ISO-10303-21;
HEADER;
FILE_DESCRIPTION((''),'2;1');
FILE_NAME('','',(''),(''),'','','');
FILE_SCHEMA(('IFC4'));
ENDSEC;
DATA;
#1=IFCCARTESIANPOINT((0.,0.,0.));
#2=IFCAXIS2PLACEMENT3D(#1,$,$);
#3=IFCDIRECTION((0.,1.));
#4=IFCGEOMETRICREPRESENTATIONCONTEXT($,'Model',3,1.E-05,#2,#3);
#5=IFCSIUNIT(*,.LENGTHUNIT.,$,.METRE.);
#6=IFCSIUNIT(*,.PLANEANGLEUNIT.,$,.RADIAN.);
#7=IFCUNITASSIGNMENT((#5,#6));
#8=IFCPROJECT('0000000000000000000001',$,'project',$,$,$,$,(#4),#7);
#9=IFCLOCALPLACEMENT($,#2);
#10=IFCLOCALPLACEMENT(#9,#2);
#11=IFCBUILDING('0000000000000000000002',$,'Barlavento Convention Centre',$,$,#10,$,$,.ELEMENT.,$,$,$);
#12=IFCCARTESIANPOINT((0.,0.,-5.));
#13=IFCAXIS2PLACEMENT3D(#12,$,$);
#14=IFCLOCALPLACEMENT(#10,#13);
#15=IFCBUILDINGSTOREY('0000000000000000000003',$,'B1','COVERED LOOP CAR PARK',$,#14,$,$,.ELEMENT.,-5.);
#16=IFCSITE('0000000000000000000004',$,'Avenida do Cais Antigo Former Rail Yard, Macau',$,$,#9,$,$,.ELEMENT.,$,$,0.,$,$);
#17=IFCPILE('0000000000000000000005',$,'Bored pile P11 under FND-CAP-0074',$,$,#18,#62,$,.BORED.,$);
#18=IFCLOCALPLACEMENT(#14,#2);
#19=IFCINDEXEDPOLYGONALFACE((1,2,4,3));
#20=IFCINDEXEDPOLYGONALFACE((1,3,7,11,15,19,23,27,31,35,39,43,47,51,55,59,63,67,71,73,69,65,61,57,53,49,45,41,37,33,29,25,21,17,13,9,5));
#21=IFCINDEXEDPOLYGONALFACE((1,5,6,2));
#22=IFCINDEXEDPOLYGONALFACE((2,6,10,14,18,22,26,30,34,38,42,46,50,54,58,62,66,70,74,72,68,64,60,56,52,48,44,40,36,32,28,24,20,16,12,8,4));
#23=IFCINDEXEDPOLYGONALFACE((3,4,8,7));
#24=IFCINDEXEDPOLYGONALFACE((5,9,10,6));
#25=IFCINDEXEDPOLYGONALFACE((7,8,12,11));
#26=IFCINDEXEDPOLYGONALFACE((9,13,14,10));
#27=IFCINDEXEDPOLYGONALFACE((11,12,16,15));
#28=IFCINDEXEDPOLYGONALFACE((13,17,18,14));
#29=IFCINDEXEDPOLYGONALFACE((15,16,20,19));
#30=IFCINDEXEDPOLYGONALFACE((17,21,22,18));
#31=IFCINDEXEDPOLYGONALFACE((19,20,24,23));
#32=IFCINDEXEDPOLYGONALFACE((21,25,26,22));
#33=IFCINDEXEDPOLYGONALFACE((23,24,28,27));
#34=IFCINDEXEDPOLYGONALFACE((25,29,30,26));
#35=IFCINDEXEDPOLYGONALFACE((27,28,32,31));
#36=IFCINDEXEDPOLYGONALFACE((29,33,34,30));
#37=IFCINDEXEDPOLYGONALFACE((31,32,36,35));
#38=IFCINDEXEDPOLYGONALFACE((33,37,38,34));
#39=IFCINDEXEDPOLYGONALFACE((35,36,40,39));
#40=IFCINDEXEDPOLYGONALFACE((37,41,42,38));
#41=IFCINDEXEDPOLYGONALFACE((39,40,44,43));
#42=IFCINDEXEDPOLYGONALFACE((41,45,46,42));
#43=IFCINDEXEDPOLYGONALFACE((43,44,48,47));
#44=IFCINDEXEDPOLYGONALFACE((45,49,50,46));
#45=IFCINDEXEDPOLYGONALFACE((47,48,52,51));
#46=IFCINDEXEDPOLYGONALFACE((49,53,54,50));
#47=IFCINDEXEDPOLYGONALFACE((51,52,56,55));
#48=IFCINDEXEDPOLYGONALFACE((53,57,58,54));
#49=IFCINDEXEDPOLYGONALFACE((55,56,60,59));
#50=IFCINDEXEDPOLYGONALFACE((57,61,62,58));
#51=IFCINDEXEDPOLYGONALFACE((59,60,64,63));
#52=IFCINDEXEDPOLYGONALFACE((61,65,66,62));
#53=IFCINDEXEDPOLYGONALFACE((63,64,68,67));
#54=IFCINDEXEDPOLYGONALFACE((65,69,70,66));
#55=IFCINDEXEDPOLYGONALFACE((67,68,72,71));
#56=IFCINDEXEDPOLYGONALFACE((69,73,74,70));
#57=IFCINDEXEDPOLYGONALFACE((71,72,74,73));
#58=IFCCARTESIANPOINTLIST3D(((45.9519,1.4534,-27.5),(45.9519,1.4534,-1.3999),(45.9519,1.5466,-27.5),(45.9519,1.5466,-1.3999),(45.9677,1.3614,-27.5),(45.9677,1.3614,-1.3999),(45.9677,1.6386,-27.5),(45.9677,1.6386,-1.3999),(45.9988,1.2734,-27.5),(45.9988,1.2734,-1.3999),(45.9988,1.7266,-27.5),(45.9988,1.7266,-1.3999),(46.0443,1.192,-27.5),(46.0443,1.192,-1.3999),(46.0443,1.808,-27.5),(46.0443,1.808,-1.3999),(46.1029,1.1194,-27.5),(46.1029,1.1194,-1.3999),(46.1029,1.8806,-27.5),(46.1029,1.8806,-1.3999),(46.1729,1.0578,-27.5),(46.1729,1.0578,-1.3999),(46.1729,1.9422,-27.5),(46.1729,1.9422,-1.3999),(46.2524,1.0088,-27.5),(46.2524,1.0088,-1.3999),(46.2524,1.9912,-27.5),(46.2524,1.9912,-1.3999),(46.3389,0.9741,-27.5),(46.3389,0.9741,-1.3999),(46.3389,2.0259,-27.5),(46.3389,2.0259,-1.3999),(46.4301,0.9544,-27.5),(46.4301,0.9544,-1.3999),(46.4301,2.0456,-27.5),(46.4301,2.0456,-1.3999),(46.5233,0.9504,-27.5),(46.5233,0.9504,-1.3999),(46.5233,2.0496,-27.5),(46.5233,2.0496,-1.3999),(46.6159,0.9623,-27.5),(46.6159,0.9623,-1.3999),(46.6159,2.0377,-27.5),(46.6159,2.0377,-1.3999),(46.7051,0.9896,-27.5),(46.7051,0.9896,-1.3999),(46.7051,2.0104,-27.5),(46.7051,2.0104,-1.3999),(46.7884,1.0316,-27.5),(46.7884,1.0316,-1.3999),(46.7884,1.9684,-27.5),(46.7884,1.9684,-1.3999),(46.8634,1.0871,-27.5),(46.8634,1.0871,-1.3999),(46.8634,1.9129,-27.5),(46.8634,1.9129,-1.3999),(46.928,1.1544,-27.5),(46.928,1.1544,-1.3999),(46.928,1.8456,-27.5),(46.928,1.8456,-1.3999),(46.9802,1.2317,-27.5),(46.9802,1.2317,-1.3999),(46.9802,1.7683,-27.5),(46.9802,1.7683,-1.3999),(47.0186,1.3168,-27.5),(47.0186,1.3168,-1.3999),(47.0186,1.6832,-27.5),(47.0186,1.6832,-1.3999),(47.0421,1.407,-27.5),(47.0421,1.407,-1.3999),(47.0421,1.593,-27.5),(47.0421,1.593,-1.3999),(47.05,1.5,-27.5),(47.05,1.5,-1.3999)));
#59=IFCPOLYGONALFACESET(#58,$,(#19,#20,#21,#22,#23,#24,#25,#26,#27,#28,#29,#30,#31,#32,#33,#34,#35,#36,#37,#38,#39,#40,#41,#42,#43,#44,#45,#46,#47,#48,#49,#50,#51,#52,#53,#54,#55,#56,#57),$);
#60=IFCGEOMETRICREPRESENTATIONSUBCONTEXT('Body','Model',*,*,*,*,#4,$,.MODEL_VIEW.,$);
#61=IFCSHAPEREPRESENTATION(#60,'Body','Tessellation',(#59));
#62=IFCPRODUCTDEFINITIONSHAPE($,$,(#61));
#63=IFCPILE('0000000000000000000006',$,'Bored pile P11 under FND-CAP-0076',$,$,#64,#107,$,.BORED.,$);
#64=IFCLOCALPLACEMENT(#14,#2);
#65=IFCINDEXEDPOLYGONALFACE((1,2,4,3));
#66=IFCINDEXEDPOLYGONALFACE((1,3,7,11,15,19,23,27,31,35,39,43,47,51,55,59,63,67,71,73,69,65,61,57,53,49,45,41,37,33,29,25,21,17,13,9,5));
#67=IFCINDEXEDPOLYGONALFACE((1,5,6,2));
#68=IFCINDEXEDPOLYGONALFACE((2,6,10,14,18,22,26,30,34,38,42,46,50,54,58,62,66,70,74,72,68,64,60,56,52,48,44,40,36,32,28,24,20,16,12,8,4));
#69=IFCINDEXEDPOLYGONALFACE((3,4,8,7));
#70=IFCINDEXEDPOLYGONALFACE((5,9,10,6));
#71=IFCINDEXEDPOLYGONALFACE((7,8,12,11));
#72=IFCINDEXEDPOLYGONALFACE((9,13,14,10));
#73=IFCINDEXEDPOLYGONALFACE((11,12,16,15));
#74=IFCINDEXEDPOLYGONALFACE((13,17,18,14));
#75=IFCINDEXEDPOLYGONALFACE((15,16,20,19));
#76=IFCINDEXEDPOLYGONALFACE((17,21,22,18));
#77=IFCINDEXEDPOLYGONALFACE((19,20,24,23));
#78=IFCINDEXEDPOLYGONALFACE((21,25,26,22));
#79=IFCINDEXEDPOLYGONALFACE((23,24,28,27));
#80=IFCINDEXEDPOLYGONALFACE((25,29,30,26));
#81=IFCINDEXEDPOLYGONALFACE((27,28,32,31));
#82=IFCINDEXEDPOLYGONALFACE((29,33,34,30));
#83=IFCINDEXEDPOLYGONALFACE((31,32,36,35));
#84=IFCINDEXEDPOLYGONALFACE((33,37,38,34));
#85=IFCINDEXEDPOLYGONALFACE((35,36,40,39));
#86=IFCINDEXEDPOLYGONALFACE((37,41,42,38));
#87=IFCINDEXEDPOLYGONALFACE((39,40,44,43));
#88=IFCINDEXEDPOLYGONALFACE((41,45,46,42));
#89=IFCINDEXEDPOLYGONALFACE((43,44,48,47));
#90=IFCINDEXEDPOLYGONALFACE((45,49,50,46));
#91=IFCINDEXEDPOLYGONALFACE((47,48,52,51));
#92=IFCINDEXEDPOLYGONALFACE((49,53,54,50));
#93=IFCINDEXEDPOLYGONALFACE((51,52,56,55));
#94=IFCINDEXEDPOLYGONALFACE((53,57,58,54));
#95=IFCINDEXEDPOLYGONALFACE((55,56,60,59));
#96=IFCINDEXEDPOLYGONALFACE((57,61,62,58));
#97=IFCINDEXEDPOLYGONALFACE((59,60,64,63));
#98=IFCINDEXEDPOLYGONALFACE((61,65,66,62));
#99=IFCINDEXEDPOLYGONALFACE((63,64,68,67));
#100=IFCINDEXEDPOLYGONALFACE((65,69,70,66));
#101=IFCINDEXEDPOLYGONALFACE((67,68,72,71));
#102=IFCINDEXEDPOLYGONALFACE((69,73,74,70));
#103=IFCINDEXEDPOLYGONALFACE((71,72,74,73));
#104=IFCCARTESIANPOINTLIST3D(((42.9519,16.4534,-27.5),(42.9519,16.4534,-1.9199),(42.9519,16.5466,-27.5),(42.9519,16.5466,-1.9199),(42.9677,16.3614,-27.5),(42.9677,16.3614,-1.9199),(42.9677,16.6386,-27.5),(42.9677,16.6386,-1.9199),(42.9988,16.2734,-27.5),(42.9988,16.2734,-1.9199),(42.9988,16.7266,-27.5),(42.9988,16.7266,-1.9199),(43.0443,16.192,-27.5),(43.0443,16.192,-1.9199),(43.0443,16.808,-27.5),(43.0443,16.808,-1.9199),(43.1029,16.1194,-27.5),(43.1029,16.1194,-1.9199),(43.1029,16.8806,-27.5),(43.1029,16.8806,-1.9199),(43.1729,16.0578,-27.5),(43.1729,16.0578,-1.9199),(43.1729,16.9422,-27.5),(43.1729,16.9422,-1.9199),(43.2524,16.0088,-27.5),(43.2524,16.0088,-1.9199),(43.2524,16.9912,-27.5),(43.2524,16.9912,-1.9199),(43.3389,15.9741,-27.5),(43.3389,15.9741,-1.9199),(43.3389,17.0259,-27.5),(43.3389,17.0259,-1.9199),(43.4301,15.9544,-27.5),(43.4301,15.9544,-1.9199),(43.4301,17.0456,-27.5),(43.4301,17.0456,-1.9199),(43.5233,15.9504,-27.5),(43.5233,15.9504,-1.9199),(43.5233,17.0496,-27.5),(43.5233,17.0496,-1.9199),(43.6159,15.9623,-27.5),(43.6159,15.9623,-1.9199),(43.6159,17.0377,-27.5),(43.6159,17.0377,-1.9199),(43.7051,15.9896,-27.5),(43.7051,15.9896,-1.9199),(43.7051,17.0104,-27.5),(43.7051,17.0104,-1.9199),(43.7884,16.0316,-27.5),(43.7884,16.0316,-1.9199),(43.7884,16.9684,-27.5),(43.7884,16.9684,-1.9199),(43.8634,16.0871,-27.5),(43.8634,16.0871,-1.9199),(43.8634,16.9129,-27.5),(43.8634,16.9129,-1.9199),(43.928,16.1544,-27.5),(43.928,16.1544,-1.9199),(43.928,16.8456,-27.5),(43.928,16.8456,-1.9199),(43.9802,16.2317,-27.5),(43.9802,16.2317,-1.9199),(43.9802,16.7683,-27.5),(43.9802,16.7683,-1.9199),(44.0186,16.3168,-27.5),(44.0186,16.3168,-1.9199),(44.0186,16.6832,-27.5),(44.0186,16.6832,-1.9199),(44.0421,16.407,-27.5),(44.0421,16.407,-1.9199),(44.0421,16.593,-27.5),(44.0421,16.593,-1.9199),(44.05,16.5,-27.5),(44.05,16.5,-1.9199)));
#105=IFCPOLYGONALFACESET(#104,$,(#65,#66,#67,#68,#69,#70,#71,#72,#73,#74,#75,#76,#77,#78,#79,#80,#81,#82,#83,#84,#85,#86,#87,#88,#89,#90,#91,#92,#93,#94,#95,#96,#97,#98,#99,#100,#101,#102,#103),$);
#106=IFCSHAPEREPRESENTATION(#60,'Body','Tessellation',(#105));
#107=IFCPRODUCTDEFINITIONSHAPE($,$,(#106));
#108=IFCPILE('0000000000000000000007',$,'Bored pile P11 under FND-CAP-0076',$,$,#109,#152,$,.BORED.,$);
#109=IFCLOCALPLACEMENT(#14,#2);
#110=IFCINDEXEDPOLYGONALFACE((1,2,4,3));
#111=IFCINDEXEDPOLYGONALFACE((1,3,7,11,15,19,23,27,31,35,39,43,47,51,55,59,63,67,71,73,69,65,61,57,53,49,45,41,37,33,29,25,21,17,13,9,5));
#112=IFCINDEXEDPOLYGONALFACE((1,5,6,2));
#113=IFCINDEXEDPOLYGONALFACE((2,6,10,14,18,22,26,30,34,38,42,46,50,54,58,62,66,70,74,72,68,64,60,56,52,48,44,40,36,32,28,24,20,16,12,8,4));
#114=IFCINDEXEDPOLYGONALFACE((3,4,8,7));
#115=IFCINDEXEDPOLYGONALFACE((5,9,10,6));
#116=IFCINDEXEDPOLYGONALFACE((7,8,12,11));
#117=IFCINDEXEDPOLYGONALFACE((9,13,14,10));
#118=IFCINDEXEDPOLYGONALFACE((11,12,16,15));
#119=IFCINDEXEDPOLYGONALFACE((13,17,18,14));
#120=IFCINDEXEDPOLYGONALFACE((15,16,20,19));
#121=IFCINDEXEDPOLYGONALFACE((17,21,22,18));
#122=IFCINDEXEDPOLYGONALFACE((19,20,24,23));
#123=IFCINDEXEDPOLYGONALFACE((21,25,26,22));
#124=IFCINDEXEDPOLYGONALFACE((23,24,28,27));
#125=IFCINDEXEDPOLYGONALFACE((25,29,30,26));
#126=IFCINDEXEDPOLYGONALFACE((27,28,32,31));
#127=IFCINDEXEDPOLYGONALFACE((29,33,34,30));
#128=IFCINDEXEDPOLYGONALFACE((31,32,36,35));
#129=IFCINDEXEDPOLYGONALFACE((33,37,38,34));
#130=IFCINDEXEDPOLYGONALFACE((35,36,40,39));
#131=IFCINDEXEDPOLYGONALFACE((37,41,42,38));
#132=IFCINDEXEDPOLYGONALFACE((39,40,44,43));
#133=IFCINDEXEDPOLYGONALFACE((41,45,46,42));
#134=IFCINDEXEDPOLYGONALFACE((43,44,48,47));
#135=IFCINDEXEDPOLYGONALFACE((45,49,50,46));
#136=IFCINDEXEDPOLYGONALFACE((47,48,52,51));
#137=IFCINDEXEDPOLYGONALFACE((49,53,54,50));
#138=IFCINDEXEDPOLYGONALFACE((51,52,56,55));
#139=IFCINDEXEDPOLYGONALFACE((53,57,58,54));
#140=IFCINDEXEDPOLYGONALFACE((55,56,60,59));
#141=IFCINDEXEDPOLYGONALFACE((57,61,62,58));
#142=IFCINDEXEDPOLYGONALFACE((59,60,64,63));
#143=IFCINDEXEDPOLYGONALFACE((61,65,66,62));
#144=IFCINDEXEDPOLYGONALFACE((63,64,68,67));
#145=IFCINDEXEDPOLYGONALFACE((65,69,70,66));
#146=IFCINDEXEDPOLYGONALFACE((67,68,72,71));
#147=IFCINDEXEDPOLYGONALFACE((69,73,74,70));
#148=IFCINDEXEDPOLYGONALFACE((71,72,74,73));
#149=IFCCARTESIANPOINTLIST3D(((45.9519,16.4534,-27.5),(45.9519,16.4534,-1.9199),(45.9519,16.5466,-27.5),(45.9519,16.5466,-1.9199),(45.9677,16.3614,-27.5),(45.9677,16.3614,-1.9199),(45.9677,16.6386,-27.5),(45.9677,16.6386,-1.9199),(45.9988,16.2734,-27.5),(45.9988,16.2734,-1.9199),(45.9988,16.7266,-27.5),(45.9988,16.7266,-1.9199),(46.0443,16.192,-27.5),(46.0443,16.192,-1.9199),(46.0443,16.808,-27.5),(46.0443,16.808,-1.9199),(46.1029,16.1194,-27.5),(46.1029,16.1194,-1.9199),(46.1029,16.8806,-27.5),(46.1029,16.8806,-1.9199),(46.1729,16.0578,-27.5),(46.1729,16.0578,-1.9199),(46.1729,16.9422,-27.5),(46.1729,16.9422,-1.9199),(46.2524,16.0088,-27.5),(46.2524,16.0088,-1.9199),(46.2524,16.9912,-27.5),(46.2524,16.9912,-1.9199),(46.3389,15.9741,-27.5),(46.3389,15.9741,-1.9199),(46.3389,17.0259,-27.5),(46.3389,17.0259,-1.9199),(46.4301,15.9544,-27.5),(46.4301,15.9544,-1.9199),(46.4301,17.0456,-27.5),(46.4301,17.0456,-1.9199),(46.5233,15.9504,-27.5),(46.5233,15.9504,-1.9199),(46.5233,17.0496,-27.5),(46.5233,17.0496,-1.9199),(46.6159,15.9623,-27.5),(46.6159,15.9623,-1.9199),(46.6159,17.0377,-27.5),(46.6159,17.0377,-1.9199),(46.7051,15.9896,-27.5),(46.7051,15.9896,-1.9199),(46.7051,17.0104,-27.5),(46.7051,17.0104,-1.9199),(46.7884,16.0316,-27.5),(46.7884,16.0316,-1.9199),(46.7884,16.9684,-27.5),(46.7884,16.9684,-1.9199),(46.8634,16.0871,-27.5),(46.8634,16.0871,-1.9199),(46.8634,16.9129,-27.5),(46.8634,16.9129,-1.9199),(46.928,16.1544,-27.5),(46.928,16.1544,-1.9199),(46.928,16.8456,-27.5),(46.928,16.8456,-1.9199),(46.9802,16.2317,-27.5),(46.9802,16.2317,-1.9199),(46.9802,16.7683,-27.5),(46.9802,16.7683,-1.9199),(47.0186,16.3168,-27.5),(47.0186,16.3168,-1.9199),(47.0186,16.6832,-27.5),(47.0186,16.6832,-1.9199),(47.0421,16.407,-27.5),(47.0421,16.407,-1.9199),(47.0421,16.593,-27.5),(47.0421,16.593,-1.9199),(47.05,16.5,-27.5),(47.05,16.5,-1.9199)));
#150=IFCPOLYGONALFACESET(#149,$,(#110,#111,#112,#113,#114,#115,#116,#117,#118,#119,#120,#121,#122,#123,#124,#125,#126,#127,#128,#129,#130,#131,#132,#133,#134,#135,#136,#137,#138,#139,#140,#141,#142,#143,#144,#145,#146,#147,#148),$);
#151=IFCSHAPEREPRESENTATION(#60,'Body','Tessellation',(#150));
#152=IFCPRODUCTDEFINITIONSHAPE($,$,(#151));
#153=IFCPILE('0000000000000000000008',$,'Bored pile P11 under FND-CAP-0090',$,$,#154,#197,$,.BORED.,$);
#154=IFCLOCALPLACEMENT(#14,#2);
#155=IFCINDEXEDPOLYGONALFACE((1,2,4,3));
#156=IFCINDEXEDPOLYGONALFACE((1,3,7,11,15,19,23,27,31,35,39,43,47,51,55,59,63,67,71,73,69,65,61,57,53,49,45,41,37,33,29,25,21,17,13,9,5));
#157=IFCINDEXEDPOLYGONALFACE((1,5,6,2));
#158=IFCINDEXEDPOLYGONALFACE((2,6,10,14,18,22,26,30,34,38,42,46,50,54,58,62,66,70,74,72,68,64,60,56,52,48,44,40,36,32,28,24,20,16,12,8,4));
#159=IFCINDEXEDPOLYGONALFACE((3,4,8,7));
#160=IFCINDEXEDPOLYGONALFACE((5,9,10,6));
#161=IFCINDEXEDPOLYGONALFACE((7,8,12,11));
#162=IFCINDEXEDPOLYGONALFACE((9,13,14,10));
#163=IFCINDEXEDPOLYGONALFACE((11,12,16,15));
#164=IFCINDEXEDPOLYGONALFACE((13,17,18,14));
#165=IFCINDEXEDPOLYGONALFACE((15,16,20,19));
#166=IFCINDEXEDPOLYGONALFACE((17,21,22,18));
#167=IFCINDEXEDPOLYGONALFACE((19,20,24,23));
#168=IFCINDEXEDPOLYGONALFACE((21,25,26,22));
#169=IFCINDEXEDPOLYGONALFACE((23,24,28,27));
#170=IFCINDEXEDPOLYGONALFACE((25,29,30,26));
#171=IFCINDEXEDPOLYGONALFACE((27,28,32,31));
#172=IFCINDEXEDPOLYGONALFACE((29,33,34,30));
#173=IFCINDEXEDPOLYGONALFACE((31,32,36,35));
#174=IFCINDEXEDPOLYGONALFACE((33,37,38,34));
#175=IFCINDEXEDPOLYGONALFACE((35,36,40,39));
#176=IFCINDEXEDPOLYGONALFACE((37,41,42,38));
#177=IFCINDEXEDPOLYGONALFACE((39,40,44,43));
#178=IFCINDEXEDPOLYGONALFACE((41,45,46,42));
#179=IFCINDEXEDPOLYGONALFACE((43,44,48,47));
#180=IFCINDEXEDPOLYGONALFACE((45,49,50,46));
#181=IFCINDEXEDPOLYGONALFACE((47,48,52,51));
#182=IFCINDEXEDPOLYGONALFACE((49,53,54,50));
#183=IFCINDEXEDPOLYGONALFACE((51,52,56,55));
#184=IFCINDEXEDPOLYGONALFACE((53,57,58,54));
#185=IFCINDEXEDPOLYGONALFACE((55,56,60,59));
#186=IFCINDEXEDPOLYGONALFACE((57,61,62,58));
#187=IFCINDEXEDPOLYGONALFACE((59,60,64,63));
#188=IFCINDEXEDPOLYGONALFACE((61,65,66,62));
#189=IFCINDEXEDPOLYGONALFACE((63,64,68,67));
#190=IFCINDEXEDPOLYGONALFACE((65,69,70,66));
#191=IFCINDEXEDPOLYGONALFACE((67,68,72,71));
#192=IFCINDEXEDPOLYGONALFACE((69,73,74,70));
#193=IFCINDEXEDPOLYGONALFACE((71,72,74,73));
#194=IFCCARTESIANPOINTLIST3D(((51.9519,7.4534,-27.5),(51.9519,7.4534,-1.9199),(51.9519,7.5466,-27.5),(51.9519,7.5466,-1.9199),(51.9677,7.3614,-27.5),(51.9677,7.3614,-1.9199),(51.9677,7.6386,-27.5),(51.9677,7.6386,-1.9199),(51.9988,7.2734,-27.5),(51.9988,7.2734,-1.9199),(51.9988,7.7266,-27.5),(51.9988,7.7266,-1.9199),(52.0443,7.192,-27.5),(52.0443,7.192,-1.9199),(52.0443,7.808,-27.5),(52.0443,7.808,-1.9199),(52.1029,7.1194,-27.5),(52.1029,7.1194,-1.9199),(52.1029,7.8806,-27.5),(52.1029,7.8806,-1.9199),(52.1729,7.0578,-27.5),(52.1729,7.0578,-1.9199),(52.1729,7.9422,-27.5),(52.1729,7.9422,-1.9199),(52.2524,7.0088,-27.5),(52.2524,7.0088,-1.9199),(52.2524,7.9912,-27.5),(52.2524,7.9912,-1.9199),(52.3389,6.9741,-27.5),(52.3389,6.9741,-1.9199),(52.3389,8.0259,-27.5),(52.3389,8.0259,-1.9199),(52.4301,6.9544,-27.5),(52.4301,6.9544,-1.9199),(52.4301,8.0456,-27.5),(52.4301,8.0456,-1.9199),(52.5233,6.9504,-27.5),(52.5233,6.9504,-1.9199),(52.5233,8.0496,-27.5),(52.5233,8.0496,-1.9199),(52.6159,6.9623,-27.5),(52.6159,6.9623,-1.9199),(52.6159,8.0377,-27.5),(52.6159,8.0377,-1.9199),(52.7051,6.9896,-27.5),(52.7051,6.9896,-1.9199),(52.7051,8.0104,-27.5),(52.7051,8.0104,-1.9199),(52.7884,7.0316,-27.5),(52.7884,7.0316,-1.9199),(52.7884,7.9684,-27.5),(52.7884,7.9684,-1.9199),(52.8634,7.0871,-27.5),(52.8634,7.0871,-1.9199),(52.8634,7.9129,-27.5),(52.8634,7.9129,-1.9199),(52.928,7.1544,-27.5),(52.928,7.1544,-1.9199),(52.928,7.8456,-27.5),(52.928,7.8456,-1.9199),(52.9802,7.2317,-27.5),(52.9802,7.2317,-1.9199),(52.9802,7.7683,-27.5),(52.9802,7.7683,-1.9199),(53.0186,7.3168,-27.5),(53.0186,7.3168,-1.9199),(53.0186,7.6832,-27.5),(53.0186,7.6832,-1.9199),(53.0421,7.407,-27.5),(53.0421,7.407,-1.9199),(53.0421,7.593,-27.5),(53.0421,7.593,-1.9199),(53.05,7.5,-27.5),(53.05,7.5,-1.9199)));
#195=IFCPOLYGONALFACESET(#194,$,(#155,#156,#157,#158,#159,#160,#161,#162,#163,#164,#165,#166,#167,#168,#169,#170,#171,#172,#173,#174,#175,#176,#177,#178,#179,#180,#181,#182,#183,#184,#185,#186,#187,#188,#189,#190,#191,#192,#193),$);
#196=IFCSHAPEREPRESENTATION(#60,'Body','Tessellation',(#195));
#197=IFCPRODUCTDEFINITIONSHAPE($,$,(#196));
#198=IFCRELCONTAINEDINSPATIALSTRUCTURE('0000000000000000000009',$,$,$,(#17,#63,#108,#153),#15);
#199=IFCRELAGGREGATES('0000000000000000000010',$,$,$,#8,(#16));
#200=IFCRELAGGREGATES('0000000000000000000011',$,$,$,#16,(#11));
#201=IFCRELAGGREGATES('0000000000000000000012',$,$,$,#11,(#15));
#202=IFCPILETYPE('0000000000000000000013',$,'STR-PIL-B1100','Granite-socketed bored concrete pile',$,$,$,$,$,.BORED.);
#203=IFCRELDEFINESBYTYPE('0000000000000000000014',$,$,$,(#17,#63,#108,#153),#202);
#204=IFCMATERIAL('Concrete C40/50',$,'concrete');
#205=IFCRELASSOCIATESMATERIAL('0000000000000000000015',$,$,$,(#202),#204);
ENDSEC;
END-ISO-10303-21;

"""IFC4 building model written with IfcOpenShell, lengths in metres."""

from ifc_helpers import new_model, si_unit, direction, frame, origin, origin_2d, place, context, subcontext, project, spatial, circle, extrude, material, material_profile, profile_set, type_object, element, save


model = new_model("IFC4")

# Units and contexts
model_context = context("Model", 3, precision=1e-05, world=origin(), true_north=direction((0.0, 1.0)))
body_context = subcontext(model_context, "Body", "Model", "MODEL_VIEW")
ifc_project = project(units=[si_unit("LENGTHUNIT", "METRE"), si_unit("PLANEANGLEUNIT", "RADIAN")], contexts=[model_context])

# Site, building, storey
site_placement = place(None, origin())
site = spatial("IfcSite", under=ifc_project, at=site_placement, Name="Avenida do Cais Antigo Former Rail Yard, Macau", CompositionType="ELEMENT", RefElevation=0.0)
building_placement = place(site_placement, origin())
building = spatial("IfcBuilding", under=site, at=building_placement, Name="Barlavento Convention Centre", CompositionType="ELEMENT")
storey_placement = place(building_placement, frame((0.0, 0.0, -5.0)))
storey = spatial("IfcBuildingStorey", under=building, at=storey_placement, Name="B1", Description="COVERED LOOP CAR PARK", CompositionType="ELEMENT", Elevation=-5.0)

# Shared definitions
ifc_material_1 = material(Name="Concrete C40/50", Category="concrete")

# Piles
ifc_material_profile_1 = material_profile(ifc_material_1, circle(Radius=0.55, at=origin_2d()), Name="BORED PILE 1100")
ifc_profile_set_1 = profile_set([ifc_material_profile_1], Name="Concrete C40/50")
pile_type_1 = type_object("IfcPileType", Name="STR-PIL-B1100", Description="Granite-socketed bored concrete pile", PredefinedType="BORED", material=ifc_profile_set_1)
for number, where, z_axis, x_axis, name in (
    (1, (46.5, 1.5, -1.3999), (0.0, 0.0, -1.0), (1.0, 0.0, 0.0), "Bored pile P11 under FND-CAP-0074"),
):
    element("IfcPile", number, at=place(storey_placement, frame(where, z_axis=z_axis, x_axis=x_axis)), inside=storey, type_object=pile_type_1, Name=name, PredefinedType="BORED", context=body_context, shape_type="SweptSolid", body=[
        extrude(circle(Radius=0.55, at=origin_2d()), origin(), (0.0, 0.0, 1.0), 26.1001),
    ])
for number, where, z_axis, x_axis, name in (
    (2, (43.5, 16.5, -1.9199), (0.0, 0.0, -1.0), (1.0, 0.0, 0.0), "Bored pile P11 under FND-CAP-0076"),
    (3, (46.5, 16.5, -1.9199), (0.0, 0.0, -1.0), (1.0, 0.0, 0.0), "Bored pile P11 under FND-CAP-0076"),
    (4, (52.5, 7.5, -1.9199), (0.0, 0.0, -1.0), (1.0, 0.0, 0.0), "Bored pile P11 under FND-CAP-0090"),
):
    element("IfcPile", number, at=place(storey_placement, frame(where, z_axis=z_axis, x_axis=x_axis)), inside=storey, type_object=pile_type_1, Name=name, PredefinedType="BORED", context=body_context, shape_type="SweptSolid", body=[
        extrude(circle(Radius=0.55, at=origin_2d()), origin(), (0.0, 0.0, 1.0), 25.5801),
    ])

save(model, "model.ifc")
